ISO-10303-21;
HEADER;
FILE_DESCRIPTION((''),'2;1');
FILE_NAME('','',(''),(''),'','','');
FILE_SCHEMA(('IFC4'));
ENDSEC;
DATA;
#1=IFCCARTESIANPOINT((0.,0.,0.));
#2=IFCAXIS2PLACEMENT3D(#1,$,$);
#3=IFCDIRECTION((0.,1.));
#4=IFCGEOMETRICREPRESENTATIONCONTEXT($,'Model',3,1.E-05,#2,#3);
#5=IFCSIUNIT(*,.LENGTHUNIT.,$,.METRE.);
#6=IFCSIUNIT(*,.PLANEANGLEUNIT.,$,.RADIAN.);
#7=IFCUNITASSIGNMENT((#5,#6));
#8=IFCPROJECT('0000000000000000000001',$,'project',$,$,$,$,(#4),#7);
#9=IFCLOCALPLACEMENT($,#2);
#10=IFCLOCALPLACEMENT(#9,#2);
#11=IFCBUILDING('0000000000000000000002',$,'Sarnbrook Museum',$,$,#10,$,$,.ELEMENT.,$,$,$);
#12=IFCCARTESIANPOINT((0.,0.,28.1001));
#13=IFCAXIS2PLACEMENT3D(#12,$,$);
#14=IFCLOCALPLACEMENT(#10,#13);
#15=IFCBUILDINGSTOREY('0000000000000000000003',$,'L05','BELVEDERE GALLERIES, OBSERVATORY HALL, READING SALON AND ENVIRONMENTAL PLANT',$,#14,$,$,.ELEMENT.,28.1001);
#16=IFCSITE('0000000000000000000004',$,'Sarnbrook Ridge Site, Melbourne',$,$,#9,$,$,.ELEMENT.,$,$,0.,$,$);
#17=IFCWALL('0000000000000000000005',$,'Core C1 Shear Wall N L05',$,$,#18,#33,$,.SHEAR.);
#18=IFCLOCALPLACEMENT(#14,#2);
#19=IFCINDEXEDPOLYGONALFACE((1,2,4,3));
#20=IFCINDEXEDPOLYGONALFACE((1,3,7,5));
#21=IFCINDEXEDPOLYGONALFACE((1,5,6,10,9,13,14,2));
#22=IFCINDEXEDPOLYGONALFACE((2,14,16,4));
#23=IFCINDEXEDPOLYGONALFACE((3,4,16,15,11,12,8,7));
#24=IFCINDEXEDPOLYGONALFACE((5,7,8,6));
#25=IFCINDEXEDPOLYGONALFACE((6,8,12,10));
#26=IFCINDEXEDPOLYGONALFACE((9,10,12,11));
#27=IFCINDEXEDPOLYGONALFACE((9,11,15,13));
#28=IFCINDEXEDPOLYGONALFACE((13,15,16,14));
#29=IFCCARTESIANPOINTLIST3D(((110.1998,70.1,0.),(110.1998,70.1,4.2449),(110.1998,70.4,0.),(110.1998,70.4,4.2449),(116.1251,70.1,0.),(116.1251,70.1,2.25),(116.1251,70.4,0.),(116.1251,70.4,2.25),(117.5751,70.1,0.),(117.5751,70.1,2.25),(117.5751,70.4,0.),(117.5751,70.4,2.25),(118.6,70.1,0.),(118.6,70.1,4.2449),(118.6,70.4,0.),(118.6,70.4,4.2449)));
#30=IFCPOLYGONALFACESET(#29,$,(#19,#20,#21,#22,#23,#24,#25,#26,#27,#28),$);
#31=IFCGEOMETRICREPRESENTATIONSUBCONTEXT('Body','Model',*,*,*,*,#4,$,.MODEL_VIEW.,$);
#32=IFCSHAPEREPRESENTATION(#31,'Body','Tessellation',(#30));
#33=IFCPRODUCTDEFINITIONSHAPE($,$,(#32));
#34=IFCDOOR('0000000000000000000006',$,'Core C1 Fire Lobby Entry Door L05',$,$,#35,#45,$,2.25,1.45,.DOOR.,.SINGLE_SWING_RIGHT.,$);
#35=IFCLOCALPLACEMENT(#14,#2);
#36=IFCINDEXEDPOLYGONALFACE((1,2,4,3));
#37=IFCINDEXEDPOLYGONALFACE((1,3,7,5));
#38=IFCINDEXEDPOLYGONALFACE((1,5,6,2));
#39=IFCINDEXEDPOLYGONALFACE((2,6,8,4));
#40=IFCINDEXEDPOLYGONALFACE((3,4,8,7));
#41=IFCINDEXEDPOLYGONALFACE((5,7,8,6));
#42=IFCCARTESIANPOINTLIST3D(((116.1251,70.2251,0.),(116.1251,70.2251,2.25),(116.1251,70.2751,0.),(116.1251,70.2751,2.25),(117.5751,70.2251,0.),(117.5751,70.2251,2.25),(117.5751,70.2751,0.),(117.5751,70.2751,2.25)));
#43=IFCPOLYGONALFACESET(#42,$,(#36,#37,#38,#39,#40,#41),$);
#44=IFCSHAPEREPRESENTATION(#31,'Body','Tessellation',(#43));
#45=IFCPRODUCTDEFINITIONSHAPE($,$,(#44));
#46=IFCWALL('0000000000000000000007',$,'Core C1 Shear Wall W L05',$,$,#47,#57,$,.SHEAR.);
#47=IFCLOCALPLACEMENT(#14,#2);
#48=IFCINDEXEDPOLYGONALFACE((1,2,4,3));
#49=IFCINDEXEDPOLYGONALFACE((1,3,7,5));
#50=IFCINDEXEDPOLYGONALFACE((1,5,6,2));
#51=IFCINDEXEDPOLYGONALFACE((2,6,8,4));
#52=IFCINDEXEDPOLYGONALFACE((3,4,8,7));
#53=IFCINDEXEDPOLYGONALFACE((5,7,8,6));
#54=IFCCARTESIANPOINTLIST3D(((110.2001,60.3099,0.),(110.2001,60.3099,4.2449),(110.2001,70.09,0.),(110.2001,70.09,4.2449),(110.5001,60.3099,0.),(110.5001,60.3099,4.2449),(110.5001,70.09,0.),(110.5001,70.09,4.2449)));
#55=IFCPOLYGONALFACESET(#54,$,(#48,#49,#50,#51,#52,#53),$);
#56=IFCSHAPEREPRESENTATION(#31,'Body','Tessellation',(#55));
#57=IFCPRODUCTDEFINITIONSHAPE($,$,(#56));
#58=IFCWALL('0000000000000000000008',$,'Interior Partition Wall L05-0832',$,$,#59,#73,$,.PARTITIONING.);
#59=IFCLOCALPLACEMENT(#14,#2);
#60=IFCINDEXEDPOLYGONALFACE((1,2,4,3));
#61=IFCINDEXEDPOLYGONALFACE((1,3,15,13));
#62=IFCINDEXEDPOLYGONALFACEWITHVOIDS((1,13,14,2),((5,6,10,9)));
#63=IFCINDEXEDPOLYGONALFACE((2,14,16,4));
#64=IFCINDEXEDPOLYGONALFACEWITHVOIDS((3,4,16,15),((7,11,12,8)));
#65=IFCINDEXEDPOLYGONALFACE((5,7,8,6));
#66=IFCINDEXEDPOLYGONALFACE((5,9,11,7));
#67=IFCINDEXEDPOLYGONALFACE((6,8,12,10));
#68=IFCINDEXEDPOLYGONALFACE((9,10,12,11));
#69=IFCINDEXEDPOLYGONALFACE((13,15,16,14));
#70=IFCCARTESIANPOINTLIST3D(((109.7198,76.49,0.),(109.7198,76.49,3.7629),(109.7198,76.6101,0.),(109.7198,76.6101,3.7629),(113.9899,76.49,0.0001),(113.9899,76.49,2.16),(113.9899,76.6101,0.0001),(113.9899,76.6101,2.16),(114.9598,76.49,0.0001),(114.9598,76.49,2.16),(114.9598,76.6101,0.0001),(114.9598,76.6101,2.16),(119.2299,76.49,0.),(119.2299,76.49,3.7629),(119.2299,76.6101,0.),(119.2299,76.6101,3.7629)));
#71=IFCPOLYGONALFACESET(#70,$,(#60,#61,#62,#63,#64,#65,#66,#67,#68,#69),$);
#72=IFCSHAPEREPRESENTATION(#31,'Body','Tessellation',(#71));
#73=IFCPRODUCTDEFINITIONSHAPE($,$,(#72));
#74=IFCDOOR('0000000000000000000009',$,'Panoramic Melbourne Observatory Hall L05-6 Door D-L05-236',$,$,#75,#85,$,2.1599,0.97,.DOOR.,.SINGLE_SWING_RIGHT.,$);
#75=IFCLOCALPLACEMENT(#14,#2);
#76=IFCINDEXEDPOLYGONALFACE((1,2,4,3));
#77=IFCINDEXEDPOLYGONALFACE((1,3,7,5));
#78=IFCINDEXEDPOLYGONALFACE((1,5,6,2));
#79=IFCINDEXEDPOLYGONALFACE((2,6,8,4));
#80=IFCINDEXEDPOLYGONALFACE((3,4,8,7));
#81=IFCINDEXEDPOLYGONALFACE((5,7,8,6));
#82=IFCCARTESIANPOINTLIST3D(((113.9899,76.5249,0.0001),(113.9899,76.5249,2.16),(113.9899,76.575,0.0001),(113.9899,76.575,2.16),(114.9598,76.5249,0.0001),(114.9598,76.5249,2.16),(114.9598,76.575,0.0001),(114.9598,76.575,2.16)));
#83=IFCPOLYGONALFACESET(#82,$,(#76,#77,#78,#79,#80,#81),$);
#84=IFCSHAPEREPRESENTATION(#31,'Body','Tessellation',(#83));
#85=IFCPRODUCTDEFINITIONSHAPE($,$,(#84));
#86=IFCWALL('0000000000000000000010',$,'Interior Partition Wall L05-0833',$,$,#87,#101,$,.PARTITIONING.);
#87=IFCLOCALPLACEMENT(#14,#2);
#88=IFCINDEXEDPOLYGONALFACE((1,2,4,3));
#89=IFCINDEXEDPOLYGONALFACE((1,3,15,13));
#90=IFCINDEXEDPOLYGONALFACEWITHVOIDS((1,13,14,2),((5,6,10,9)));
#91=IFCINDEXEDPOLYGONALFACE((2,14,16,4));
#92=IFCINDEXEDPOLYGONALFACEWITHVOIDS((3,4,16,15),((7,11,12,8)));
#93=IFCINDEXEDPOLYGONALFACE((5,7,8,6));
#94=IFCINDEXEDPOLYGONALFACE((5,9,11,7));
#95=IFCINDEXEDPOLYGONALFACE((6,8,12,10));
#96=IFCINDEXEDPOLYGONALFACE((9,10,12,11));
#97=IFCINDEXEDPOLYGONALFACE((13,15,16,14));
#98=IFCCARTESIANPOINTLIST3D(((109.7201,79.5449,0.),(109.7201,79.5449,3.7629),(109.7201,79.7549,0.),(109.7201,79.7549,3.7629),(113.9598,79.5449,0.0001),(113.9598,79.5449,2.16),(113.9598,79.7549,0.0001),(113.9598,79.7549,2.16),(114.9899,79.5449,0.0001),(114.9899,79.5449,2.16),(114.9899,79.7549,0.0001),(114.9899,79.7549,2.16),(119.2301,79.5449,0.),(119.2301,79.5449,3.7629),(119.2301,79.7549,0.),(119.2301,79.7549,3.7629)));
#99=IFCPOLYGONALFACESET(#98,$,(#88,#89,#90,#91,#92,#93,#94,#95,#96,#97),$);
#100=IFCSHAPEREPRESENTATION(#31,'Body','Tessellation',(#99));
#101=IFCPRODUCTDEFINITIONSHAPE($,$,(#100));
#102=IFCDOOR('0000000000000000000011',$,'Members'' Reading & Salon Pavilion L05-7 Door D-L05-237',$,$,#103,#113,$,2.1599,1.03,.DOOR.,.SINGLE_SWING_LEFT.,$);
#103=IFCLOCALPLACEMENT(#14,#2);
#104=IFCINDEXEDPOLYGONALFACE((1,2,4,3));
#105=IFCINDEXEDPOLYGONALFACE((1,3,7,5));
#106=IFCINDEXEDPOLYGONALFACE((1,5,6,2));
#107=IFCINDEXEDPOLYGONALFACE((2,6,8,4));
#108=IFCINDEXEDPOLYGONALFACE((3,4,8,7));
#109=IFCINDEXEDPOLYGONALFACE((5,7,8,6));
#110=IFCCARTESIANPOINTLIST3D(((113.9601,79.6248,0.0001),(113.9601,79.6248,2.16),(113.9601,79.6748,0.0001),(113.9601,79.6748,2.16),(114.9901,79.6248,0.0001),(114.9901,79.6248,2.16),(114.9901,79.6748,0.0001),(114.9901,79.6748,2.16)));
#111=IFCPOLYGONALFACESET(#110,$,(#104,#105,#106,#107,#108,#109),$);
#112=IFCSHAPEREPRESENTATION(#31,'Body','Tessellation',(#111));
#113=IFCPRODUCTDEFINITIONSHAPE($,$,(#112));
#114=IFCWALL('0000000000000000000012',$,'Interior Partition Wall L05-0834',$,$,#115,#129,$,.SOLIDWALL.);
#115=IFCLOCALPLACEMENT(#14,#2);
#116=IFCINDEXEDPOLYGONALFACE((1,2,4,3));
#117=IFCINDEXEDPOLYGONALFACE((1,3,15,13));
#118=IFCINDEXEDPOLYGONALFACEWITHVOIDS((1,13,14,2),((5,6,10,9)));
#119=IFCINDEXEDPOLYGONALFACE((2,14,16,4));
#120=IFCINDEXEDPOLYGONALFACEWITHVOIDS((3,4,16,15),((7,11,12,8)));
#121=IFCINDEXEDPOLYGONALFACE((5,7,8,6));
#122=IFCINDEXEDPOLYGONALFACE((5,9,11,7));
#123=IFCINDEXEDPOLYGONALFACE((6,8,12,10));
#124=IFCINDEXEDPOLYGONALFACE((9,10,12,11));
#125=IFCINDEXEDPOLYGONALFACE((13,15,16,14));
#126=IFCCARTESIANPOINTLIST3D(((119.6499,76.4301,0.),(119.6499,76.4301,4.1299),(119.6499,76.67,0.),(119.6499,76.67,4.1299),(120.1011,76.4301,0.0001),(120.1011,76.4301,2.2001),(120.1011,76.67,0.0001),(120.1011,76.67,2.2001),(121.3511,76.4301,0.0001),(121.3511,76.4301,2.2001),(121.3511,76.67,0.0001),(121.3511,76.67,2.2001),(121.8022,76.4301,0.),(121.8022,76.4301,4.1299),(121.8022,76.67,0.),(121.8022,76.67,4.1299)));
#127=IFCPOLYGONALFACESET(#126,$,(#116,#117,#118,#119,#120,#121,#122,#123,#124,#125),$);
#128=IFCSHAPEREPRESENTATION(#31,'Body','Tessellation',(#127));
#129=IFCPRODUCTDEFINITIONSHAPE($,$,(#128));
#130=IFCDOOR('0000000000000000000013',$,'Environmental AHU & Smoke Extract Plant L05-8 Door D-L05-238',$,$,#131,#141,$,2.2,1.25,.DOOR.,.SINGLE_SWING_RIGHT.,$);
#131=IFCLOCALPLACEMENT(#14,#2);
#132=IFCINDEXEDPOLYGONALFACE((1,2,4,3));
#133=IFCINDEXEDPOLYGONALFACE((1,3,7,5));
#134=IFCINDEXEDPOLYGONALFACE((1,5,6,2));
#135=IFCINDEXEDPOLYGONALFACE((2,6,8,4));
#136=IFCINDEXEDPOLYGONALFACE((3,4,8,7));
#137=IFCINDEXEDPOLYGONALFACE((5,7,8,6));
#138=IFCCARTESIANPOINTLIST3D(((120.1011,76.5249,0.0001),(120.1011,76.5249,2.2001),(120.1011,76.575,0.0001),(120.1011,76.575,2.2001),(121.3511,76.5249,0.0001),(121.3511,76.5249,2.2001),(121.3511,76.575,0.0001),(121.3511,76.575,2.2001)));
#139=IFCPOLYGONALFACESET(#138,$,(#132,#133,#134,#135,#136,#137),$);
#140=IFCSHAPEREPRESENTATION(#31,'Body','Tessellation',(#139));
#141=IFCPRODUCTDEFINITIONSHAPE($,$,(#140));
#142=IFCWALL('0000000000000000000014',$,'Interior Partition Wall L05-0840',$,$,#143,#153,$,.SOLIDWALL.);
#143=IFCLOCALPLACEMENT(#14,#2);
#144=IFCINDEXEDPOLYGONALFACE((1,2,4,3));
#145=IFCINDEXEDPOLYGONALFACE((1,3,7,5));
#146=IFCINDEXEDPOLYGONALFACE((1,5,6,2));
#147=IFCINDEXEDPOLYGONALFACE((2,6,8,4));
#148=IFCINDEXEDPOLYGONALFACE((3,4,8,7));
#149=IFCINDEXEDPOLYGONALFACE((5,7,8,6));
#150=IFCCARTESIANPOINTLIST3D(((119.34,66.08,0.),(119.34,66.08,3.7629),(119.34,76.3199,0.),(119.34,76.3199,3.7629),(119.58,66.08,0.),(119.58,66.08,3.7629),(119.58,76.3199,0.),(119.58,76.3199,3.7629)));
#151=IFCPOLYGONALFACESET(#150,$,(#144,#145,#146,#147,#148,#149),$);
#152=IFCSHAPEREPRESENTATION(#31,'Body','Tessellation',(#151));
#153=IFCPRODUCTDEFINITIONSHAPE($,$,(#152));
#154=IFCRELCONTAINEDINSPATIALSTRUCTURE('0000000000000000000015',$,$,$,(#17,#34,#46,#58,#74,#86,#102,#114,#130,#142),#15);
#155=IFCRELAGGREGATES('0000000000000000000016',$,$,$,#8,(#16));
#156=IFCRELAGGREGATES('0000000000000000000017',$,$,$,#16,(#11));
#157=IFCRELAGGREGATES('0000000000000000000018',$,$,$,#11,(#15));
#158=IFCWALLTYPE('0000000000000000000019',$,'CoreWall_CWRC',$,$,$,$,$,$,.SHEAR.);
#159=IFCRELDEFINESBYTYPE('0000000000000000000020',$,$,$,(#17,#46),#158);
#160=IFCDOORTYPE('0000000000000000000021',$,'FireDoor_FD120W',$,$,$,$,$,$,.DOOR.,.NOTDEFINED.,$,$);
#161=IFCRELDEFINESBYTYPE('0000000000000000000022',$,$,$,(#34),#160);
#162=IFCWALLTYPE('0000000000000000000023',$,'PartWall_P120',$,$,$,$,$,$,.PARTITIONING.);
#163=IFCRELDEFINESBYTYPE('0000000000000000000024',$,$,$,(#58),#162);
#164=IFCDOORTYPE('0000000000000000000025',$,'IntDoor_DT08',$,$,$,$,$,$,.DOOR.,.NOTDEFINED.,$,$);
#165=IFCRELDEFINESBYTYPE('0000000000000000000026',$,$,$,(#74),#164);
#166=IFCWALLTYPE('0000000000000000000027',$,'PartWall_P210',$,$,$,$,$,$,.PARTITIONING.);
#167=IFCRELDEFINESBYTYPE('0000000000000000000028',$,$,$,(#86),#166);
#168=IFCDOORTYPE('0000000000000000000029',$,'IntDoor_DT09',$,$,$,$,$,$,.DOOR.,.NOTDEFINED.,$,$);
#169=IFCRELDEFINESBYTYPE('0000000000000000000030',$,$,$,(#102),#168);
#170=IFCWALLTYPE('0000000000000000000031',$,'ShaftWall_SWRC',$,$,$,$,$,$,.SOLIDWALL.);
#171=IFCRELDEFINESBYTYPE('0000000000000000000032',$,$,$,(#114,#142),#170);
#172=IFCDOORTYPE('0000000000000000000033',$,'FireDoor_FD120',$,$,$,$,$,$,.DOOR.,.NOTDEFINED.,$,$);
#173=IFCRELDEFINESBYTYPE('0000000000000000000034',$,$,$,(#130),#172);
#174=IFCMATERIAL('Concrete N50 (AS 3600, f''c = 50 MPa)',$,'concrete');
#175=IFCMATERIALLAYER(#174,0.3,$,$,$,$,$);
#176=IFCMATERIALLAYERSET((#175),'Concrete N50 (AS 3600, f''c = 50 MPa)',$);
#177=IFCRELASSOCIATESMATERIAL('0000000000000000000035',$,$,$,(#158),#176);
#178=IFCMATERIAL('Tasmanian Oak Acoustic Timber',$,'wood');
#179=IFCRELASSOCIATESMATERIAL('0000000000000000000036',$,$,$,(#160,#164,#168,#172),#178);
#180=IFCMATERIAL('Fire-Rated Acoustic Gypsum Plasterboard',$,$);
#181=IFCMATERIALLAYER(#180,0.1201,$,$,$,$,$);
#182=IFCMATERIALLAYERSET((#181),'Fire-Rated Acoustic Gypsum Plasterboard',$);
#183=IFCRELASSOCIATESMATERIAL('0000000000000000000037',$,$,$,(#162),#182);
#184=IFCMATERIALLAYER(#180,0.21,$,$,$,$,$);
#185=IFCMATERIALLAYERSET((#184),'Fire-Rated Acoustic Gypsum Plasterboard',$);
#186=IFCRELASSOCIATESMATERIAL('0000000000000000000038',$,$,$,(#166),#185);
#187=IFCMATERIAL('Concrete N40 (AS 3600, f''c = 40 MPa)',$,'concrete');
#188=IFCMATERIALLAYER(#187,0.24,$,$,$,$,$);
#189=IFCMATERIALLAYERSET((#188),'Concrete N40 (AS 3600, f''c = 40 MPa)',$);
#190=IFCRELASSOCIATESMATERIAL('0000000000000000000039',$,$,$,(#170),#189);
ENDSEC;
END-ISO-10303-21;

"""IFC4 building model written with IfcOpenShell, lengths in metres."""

from ifc_helpers import new_model, si_unit, direction, frame, frame_2d, origin, place, context, subcontext, project, spatial, rectangle, extrude, material, layer, layer_set, type_object, element, fill, save


model = new_model("IFC4")

# Units and contexts
model_context = context("Model", 3, precision=1e-05, world=origin(), true_north=direction((0.0, 1.0)))
body_context = subcontext(model_context, "Body", "Model", "MODEL_VIEW")
ifc_project = project(units=[si_unit("LENGTHUNIT", "METRE"), si_unit("PLANEANGLEUNIT", "RADIAN")], contexts=[model_context])

# Site, building, storey
site_placement = place(None, origin())
site = spatial("IfcSite", under=ifc_project, at=site_placement, Name="Sarnbrook Ridge Site, Melbourne", CompositionType="ELEMENT", RefElevation=0.0)
building_placement = place(site_placement, origin())
building = spatial("IfcBuilding", under=site, at=building_placement, Name="Sarnbrook Museum", CompositionType="ELEMENT")
storey_placement = place(building_placement, frame((0.0, 0.0, 28.1001)))
storey = spatial("IfcBuildingStorey", under=building, at=storey_placement, Name="L05", Description="BELVEDERE GALLERIES, OBSERVATORY HALL, READING SALON AND ENVIRONMENTAL PLANT", CompositionType="ELEMENT", Elevation=28.1001)

# Wall, opening, door
ifc_material_1 = material(Name="Concrete N50 (AS 3600, f'c = 50 MPa)", Category="concrete")
ifc_layer_1 = layer(ifc_material_1, 0.3)
ifc_layer_set_1 = layer_set([ifc_layer_1], Name="Concrete N50 (AS 3600, f'c = 50 MPa)")
wall_type_1 = type_object("IfcWallType", Name="CoreWall_CWRC", PredefinedType="SHEAR", material=ifc_layer_set_1)
wall_1_placement = place(storey_placement, frame((118.6001, 70.25, 0.0), z_axis=(0.0, 0.0, 1.0), x_axis=(-1.0, 0.0, 0.0)))
wall_1 = element("IfcWall", 1, at=wall_1_placement, inside=storey, type_object=wall_type_1, Name="Core C1 Shear Wall N L05", PredefinedType="SHEAR", context=body_context, shape_type="SweptSolid", body=[
    extrude(rectangle(XDim=8.4001, YDim=0.3, at=frame_2d((4.2002, 0.0))), origin(), (0.0, 0.0, 1.0), 4.2449),
])
opening_1_placement = place(wall_1_placement, frame((1.0249, 0.0, 0.0)))
opening_1 = element("IfcOpeningElement", 2, at=opening_1_placement, cuts=wall_1, PredefinedType="OPENING", context=body_context, shape_type="SweptSolid", body=[
    extrude(rectangle(XDim=1.45, YDim=2.25, at=frame_2d((0.7251, 1.125))), frame((0.0, 0.1602, 0.0), z_axis=(0.0, -1.0, 0.0), x_axis=(1.0, 0.0, 0.0)), (0.0, 0.0, 1.0), 0.3201),
])
ifc_material_2 = material(Name="Tasmanian Oak Acoustic Timber", Category="wood")
door_type_1 = type_object("IfcDoorType", Name="FireDoor_FD120W", OperationType="NOTDEFINED", PredefinedType="DOOR", material=ifc_material_2)
door_1_placement = place(opening_1_placement, origin())
door_1 = element("IfcDoor", 3, at=door_1_placement, inside=storey, type_object=door_type_1, Name="Core C1 Fire Lobby Entry Door L05", OperationType="SINGLE_SWING_RIGHT", OverallHeight=2.25, OverallWidth=1.45, PredefinedType="DOOR", context=body_context, shape_type="SweptSolid", body=[
    extrude(rectangle(XDim=1.45, YDim=2.25, at=frame_2d((0.7251, 1.125))), frame((0.0, 0.0249, 0.0), z_axis=(0.0, -1.0, 0.0), x_axis=(1.0, 0.0, 0.0)), (0.0, 0.0, 1.0), 0.05),
])
fill(opening_1, door_1)

# Wall
wall_2_placement = place(storey_placement, frame((110.3501, 70.0901, 0.0), z_axis=(0.0, 0.0, 1.0), x_axis=(0.0, -1.0, 0.0)))
element("IfcWall", 4, at=wall_2_placement, inside=storey, type_object=wall_type_1, Name="Core C1 Shear Wall W L05", PredefinedType="SHEAR", context=body_context, shape_type="SweptSolid", body=[
    extrude(rectangle(XDim=9.78, YDim=0.3, at=frame_2d((4.8901, 0.0))), origin(), (0.0, 0.0, 1.0), 4.2449),
])

# Walls, openings, doors
ifc_material_3 = material(Name="Fire-Rated Acoustic Gypsum Plasterboard")
ifc_layer_2 = layer(ifc_material_3, 0.1201)
ifc_layer_set_2 = layer_set([ifc_layer_2], Name="Fire-Rated Acoustic Gypsum Plasterboard")
wall_type_2 = type_object("IfcWallType", Name="PartWall_P120", PredefinedType="PARTITIONING", material=ifc_layer_set_2)
wall_3_placement = place(storey_placement, frame((109.72, 76.55, 0.0), z_axis=(0.0, 0.0, 1.0), x_axis=(1.0, 0.0, 0.0)))
wall_3 = element("IfcWall", 5, at=wall_3_placement, inside=storey, type_object=wall_type_2, Name="Interior Partition Wall L05-0832", PredefinedType="PARTITIONING", context=body_context, shape_type="SweptSolid", body=[
    extrude(rectangle(XDim=9.51, YDim=0.1201, at=frame_2d((4.7549, 0.0))), origin(), (0.0, 0.0, 1.0), 3.7629),
])
opening_2_placement = place(wall_3_placement, frame((4.27, 0.0, 0.0)))
opening_2 = element("IfcOpeningElement", 6, at=opening_2_placement, cuts=wall_3, PredefinedType="OPENING", context=body_context, shape_type="SweptSolid", body=[
    extrude(rectangle(XDim=0.97, YDim=2.1599, at=frame_2d((0.4849, 1.0801))), frame((0.0, 0.0701, 0.0), z_axis=(0.0, -1.0, 0.0), x_axis=(1.0, 0.0, 0.0)), (0.0, 0.0, 1.0), 0.1401),
])
door_type_2 = type_object("IfcDoorType", Name="IntDoor_DT08", OperationType="NOTDEFINED", PredefinedType="DOOR", material=ifc_material_2)
door_2_placement = place(opening_2_placement, origin())
door_2 = element("IfcDoor", 7, at=door_2_placement, inside=storey, type_object=door_type_2, Name="Panoramic Melbourne Observatory Hall L05-6 Door D-L05-236", OperationType="SINGLE_SWING_RIGHT", OverallHeight=2.1599, OverallWidth=0.97, PredefinedType="DOOR", context=body_context, shape_type="SweptSolid", body=[
    extrude(rectangle(XDim=0.97, YDim=2.1599, at=frame_2d((0.4849, 1.0801))), frame((0.0, 0.0249, 0.0), z_axis=(0.0, -1.0, 0.0), x_axis=(1.0, 0.0, 0.0)), (0.0, 0.0, 1.0), 0.05),
])
fill(opening_2, door_2)
ifc_layer_3 = layer(ifc_material_3, 0.21)
ifc_layer_set_3 = layer_set([ifc_layer_3], Name="Fire-Rated Acoustic Gypsum Plasterboard")
wall_type_3 = type_object("IfcWallType", Name="PartWall_P210", PredefinedType="PARTITIONING", material=ifc_layer_set_3)
wall_4_placement = place(storey_placement, frame((119.23, 79.6499, 0.0), z_axis=(0.0, 0.0, 1.0), x_axis=(-1.0, 0.0, 0.0)))
wall_4 = element("IfcWall", 8, at=wall_4_placement, inside=storey, type_object=wall_type_3, Name="Interior Partition Wall L05-0833", PredefinedType="PARTITIONING", context=body_context, shape_type="SweptSolid", body=[
    extrude(rectangle(XDim=9.51, YDim=0.21, at=frame_2d((4.7549, 0.0))), origin(), (0.0, 0.0, 1.0), 3.7629),
])
opening_3_placement = place(wall_4_placement, frame((4.24, 0.0, 0.0)))
opening_3 = element("IfcOpeningElement", 9, at=opening_3_placement, cuts=wall_4, PredefinedType="OPENING", context=body_context, shape_type="SweptSolid", body=[
    extrude(rectangle(XDim=1.03, YDim=2.1599, at=frame_2d((0.5151, 1.0801))), frame((0.0, 0.115, 0.0), z_axis=(0.0, -1.0, 0.0), x_axis=(1.0, 0.0, 0.0)), (0.0, 0.0, 1.0), 0.23),
])
door_type_3 = type_object("IfcDoorType", Name="IntDoor_DT09", OperationType="NOTDEFINED", PredefinedType="DOOR", material=ifc_material_2)
door_3_placement = place(opening_3_placement, frame((1.03, 0.0, 0.0), z_axis=(0.0, 0.0, 1.0), x_axis=(-1.0, 0.0, 0.0)))
door_3 = element("IfcDoor", 10, at=door_3_placement, inside=storey, type_object=door_type_3, Name="Members' Reading & Salon Pavilion L05-7 Door D-L05-237", OperationType="SINGLE_SWING_LEFT", OverallHeight=2.1599, OverallWidth=1.03, PredefinedType="DOOR", context=body_context, shape_type="SweptSolid", body=[
    extrude(rectangle(XDim=1.03, YDim=2.1599, at=frame_2d((0.5151, 1.0801))), frame((0.0, 0.0249, 0.0), z_axis=(0.0, -1.0, 0.0), x_axis=(1.0, 0.0, 0.0)), (0.0, 0.0, 1.0), 0.05),
])
fill(opening_3, door_3)
ifc_material_4 = material(Name="Concrete N40 (AS 3600, f'c = 40 MPa)", Category="concrete")
ifc_layer_4 = layer(ifc_material_4, 0.24)
ifc_layer_set_4 = layer_set([ifc_layer_4], Name="Concrete N40 (AS 3600, f'c = 40 MPa)")
wall_type_4 = type_object("IfcWallType", Name="ShaftWall_SWRC", PredefinedType="SOLIDWALL", material=ifc_layer_set_4)
wall_5_placement = place(storey_placement, frame((119.6499, 76.55, 0.0), z_axis=(0.0, 0.0, 1.0), x_axis=(1.0, 0.0, 0.0)))
wall_5 = element("IfcWall", 11, at=wall_5_placement, inside=storey, type_object=wall_type_4, Name="Interior Partition Wall L05-0834", PredefinedType="SOLIDWALL", context=body_context, shape_type="SweptSolid", body=[
    extrude(rectangle(XDim=2.1523, YDim=0.24, at=frame_2d((1.0762, 0.0))), origin(), (0.0, 0.0, 1.0), 4.1299),
])
opening_4_placement = place(wall_5_placement, frame((0.4512, 0.0, 0.0)))
opening_4 = element("IfcOpeningElement", 12, at=opening_4_placement, cuts=wall_5, PredefinedType="OPENING", context=body_context, shape_type="SweptSolid", body=[
    extrude(rectangle(XDim=1.25, YDim=2.2, at=frame_2d((0.625, 1.1001))), frame((0.0, 0.1299, 0.0), z_axis=(0.0, -1.0, 0.0), x_axis=(1.0, 0.0, 0.0)), (0.0, 0.0, 1.0), 0.26),
])
door_type_4 = type_object("IfcDoorType", Name="FireDoor_FD120", OperationType="NOTDEFINED", PredefinedType="DOOR", material=ifc_material_2)
door_4_placement = place(opening_4_placement, origin())
door_4 = element("IfcDoor", 13, at=door_4_placement, inside=storey, type_object=door_type_4, Name="Environmental AHU & Smoke Extract Plant L05-8 Door D-L05-238", OperationType="SINGLE_SWING_RIGHT", OverallHeight=2.2, OverallWidth=1.25, PredefinedType="DOOR", context=body_context, shape_type="SweptSolid", body=[
    extrude(rectangle(XDim=1.25, YDim=2.2, at=frame_2d((0.625, 1.1001))), frame((0.0, 0.0249, 0.0), z_axis=(0.0, -1.0, 0.0), x_axis=(1.0, 0.0, 0.0)), (0.0, 0.0, 1.0), 0.05),
])
fill(opening_4, door_4)

# Wall
wall_6_placement = place(storey_placement, frame((119.46, 76.3201, 0.0), z_axis=(0.0, 0.0, 1.0), x_axis=(0.0, -1.0, 0.0)))
element("IfcWall", 14, at=wall_6_placement, inside=storey, type_object=wall_type_4, Name="Interior Partition Wall L05-0840", PredefinedType="SOLIDWALL", context=body_context, shape_type="SweptSolid", body=[
    extrude(rectangle(XDim=10.24, YDim=0.24, at=frame_2d((5.1201, 0.0))), origin(), (0.0, 0.0, 1.0), 3.7629),
])

save(model, "model.ifc")
